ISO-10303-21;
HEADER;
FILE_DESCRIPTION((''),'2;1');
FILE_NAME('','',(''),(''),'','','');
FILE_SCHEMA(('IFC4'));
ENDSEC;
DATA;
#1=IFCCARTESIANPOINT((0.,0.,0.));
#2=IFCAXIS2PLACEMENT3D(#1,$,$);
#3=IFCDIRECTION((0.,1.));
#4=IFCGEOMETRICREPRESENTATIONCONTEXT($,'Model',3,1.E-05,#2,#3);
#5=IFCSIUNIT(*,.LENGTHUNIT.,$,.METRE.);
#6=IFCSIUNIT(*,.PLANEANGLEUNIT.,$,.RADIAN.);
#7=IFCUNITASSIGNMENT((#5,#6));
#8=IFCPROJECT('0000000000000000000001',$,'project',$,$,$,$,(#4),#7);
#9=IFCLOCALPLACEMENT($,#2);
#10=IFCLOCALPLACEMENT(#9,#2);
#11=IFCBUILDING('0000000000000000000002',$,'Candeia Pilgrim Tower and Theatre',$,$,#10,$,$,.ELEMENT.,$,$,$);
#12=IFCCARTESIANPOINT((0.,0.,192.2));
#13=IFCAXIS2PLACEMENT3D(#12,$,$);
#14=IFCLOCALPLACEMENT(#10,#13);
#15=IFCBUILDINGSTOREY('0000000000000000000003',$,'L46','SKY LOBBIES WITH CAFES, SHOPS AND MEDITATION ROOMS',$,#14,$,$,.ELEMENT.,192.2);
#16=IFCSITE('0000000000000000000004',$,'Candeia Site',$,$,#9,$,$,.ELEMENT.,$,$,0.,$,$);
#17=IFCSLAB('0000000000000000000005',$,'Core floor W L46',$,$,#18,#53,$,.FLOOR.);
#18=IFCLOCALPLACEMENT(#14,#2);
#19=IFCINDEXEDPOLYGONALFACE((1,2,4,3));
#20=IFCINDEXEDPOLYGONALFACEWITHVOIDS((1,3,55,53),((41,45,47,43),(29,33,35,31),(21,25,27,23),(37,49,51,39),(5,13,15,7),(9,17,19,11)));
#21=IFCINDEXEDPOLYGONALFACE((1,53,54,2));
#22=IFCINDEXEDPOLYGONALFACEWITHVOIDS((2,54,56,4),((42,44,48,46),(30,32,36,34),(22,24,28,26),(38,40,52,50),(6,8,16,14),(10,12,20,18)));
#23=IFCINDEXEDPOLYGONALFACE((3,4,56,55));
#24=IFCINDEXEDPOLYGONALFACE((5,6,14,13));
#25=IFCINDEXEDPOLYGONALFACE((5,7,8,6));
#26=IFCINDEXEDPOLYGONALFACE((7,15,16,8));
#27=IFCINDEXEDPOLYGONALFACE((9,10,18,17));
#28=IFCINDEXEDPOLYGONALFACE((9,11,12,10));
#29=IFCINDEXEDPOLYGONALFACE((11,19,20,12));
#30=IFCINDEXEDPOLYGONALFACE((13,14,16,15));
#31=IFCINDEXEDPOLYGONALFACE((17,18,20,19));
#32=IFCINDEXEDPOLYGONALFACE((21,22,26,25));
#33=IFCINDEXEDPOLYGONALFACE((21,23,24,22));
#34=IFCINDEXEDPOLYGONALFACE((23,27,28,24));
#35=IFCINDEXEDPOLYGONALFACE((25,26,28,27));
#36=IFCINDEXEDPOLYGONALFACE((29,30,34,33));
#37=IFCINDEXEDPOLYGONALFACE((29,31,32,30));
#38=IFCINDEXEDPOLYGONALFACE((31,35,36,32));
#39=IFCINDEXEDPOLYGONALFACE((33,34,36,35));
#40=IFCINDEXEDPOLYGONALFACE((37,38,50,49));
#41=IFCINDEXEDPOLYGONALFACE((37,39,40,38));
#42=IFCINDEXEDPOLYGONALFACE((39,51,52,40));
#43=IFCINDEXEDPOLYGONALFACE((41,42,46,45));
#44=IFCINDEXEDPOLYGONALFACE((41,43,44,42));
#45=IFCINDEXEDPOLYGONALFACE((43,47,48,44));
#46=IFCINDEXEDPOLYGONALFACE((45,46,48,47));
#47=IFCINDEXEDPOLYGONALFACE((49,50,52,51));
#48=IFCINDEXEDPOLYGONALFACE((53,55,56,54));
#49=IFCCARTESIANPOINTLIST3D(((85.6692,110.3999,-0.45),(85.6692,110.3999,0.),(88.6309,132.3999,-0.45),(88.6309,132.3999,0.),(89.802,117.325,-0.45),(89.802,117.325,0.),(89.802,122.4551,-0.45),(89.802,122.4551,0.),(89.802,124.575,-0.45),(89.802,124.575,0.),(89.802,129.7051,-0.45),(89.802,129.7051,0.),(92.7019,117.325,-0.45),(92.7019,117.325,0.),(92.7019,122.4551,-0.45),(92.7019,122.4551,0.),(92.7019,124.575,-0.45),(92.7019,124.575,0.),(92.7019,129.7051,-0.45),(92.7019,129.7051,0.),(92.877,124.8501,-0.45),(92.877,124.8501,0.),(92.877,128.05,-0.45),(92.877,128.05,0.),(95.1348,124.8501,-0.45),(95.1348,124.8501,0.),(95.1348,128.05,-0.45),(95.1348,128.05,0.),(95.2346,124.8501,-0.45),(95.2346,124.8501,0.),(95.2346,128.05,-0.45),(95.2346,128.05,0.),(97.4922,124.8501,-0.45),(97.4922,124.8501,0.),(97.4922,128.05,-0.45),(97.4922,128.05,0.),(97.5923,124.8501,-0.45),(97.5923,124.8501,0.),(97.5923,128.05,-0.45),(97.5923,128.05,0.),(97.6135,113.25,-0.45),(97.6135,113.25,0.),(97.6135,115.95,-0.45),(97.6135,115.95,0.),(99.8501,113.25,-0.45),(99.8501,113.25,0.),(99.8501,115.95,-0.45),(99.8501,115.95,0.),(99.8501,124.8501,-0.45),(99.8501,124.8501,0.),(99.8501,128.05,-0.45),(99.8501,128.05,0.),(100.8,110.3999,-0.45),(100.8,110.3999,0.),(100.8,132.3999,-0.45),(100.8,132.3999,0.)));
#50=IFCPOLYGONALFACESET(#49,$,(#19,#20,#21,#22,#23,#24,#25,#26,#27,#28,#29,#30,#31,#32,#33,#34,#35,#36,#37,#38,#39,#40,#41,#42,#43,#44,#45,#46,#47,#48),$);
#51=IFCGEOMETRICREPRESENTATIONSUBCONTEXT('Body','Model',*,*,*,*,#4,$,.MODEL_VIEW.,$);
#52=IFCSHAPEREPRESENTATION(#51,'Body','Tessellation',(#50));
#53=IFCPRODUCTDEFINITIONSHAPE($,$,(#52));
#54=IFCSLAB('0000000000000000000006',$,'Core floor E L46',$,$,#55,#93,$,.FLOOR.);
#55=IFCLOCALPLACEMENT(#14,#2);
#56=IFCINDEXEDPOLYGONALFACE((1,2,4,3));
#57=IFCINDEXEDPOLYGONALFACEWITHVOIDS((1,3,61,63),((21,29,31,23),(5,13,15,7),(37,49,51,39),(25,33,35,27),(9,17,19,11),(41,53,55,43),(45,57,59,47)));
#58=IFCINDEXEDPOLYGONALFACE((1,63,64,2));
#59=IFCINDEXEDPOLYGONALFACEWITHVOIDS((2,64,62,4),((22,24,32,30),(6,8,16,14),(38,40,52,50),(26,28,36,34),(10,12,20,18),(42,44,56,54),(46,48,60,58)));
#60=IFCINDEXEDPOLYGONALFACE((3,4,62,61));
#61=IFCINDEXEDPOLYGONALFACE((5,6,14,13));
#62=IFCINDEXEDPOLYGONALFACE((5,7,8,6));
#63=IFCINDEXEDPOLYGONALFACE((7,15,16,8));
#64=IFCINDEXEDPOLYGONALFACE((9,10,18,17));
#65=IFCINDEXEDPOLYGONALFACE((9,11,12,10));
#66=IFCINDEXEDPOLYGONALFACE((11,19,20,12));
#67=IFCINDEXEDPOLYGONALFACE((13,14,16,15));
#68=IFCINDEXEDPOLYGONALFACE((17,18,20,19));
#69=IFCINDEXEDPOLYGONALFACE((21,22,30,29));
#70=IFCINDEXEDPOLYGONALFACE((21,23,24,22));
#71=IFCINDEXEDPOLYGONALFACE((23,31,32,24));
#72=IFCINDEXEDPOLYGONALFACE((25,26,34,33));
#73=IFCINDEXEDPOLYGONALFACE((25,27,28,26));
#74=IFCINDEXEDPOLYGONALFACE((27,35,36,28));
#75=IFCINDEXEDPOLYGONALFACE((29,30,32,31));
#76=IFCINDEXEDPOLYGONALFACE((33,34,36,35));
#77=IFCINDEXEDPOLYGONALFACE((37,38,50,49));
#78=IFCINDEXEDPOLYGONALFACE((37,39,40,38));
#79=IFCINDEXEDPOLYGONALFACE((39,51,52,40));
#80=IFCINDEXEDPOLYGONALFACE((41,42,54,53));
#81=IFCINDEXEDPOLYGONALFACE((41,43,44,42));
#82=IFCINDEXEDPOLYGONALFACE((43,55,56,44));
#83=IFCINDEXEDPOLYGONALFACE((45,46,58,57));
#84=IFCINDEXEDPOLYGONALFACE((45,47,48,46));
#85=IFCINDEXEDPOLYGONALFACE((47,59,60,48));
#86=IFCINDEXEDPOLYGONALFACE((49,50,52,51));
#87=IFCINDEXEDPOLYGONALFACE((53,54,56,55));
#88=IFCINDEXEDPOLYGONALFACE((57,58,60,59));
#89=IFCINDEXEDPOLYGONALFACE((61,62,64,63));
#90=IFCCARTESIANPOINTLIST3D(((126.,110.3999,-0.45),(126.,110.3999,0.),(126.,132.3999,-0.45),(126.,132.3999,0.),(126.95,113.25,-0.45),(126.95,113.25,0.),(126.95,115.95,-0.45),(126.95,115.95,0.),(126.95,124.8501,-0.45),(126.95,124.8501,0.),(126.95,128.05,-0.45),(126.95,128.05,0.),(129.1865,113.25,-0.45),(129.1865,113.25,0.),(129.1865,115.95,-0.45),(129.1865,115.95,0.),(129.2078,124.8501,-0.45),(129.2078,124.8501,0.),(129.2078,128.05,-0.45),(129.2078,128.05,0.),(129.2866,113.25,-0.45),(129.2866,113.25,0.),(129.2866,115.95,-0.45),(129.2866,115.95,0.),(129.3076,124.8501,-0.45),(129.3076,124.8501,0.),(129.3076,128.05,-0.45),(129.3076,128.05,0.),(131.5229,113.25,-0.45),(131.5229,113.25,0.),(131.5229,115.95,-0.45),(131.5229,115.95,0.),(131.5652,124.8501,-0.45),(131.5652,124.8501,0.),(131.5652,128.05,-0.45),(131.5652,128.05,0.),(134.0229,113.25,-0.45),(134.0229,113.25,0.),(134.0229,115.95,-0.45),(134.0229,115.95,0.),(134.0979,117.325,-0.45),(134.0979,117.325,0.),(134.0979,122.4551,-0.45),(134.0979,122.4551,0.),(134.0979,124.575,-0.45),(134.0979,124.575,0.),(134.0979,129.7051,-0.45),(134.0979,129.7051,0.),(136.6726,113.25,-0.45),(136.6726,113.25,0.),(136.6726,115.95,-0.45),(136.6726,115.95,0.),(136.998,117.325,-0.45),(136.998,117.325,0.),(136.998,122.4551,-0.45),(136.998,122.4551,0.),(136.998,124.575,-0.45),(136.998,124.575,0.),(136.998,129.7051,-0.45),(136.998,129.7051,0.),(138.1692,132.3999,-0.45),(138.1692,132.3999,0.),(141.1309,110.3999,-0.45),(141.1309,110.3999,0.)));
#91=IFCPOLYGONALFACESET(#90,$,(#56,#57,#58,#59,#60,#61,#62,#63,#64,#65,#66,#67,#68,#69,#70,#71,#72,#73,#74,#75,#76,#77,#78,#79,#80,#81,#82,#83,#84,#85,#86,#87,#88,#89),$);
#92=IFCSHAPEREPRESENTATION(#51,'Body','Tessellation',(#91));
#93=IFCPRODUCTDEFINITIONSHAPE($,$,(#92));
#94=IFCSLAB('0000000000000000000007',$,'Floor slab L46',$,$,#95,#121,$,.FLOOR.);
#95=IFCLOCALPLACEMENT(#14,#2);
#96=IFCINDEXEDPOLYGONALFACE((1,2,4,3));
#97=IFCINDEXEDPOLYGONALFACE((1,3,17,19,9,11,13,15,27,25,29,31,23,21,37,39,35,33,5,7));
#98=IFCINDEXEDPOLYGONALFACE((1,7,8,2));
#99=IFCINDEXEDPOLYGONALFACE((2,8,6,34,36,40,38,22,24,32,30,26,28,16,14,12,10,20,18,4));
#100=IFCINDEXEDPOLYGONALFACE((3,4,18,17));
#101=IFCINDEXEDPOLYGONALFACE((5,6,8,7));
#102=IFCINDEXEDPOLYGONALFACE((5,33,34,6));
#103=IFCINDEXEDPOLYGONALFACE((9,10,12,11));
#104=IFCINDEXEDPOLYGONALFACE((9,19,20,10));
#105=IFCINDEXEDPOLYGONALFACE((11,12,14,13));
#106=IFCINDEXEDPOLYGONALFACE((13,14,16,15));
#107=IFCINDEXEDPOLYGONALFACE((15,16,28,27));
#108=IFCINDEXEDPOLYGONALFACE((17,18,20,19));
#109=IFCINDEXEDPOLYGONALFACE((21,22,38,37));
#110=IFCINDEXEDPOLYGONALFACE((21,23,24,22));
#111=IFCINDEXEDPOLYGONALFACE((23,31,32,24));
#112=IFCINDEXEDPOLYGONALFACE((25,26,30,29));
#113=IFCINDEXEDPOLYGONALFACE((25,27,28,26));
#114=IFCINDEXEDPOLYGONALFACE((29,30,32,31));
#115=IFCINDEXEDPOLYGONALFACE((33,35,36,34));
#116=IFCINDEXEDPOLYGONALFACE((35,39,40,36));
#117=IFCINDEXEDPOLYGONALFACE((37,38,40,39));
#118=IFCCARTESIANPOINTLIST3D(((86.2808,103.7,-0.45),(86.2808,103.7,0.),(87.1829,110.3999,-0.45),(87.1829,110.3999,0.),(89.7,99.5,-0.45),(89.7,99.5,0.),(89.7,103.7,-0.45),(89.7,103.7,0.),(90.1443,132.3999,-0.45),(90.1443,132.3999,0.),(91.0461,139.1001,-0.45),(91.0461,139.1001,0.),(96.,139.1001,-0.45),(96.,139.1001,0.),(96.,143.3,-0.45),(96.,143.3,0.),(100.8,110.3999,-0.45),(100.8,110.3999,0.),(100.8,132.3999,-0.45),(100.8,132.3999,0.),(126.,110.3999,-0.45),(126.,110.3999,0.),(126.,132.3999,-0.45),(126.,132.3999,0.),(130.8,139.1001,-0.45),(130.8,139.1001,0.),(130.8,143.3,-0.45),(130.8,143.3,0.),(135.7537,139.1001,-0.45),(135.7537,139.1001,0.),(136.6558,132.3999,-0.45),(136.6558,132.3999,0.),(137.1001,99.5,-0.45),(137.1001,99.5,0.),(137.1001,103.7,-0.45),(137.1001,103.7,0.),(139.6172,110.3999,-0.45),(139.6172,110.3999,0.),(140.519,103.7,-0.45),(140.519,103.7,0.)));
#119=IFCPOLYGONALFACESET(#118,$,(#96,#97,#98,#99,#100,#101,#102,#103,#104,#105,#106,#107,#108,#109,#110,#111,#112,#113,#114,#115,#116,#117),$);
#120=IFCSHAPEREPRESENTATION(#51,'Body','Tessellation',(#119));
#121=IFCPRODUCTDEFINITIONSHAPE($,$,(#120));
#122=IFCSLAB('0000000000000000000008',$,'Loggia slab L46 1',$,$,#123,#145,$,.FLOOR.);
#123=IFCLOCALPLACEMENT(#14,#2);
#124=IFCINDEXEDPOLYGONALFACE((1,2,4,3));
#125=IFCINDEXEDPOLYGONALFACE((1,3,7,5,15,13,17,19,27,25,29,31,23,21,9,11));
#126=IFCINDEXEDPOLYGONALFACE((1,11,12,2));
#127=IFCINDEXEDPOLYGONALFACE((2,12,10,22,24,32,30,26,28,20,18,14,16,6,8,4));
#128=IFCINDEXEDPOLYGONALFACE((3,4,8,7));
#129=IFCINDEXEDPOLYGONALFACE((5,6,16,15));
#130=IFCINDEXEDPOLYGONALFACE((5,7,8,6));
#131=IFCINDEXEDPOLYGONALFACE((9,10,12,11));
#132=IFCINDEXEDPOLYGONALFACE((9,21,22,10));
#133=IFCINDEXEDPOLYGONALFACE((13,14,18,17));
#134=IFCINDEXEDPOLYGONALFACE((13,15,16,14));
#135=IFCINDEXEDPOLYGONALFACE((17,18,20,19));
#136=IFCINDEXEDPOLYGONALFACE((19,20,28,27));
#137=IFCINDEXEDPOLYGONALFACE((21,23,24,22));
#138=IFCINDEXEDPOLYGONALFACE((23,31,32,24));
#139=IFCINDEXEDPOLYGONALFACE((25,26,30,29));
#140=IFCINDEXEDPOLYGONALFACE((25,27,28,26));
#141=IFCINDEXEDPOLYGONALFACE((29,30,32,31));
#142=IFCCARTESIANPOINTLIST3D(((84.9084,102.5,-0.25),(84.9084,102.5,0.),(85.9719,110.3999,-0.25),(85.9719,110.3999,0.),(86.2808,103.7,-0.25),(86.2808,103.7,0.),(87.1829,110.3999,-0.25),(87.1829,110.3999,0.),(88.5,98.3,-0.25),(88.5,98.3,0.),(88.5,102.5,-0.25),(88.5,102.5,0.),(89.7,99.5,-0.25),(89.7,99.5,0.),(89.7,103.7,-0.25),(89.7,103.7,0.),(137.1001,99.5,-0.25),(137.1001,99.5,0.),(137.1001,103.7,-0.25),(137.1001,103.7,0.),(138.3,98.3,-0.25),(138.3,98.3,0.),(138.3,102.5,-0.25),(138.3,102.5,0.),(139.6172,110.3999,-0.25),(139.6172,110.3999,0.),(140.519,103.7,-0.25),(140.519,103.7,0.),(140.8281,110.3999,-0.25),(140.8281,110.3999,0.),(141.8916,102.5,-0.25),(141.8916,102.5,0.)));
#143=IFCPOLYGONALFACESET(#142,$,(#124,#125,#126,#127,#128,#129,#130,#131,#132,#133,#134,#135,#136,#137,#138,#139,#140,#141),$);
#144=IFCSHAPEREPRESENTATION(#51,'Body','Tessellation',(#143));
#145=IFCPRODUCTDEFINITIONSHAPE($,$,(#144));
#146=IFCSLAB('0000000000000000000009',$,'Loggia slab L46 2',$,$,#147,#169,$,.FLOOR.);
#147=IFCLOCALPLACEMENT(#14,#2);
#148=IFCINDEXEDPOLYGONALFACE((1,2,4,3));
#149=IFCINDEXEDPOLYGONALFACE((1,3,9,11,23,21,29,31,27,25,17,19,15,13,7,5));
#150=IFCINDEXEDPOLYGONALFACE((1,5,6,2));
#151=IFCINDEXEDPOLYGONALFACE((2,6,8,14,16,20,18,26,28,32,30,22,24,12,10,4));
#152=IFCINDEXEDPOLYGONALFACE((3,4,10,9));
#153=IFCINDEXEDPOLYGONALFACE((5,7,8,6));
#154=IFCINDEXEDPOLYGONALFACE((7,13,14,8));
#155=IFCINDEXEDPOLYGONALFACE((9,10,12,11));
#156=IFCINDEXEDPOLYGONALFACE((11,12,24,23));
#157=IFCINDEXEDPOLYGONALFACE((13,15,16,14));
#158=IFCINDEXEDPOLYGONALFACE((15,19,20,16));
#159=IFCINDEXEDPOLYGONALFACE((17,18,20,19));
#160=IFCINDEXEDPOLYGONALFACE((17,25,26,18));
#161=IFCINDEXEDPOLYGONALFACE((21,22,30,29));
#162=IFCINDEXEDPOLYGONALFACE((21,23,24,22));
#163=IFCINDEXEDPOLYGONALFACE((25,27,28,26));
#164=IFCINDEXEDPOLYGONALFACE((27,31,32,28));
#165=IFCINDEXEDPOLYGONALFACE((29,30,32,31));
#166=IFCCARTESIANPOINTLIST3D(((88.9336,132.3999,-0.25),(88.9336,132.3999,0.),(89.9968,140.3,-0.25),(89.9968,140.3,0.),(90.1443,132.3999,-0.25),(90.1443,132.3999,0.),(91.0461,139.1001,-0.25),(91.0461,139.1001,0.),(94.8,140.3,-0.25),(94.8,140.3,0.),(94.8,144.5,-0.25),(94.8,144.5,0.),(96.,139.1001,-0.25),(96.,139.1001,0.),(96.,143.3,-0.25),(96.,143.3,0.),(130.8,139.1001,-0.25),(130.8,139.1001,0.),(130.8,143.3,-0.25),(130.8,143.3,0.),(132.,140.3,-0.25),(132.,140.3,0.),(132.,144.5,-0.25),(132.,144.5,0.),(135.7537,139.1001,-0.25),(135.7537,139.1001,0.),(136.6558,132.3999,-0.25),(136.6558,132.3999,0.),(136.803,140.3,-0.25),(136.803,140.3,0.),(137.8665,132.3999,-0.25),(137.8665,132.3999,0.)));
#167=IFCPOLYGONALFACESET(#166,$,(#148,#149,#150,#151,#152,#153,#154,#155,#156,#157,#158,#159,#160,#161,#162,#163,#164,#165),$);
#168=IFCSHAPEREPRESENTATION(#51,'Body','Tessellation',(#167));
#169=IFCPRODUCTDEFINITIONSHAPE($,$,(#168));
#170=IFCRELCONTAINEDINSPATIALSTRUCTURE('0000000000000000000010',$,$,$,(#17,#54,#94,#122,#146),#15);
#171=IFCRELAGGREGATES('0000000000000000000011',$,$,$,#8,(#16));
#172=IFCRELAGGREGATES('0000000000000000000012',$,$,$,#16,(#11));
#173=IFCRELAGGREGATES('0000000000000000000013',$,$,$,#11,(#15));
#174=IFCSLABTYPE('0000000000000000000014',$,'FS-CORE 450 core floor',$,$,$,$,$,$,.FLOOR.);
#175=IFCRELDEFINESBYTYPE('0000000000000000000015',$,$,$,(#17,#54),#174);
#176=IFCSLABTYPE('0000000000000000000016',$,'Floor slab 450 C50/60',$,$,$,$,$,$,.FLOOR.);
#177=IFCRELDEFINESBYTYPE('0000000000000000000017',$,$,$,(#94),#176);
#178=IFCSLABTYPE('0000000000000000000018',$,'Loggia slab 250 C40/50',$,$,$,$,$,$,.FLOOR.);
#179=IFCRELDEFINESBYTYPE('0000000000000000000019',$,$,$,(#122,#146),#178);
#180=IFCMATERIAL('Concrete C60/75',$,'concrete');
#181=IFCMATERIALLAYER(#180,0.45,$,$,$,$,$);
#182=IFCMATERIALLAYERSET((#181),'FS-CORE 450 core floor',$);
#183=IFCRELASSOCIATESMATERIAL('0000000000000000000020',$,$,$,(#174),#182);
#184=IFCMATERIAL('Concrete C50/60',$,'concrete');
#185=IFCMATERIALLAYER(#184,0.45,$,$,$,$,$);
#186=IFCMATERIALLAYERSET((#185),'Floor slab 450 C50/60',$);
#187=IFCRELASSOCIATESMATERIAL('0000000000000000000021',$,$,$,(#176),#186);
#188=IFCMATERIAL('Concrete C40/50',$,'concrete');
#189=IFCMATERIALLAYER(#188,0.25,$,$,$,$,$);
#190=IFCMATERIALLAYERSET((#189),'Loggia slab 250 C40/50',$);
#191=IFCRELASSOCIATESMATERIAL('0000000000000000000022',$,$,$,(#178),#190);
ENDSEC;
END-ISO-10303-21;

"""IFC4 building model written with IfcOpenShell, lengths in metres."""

from ifc_helpers import new_model, si_unit, direction, frame, origin, place, context, subcontext, project, spatial, polyline, outline, extrude, material, layer, layer_set, type_object, element, save


model = new_model("IFC4")

# Units and contexts
model_context = context("Model", 3, precision=1e-05, world=origin(), true_north=direction((0.0, 1.0)))
body_context = subcontext(model_context, "Body", "Model", "MODEL_VIEW")
ifc_project = project(units=[si_unit("LENGTHUNIT", "METRE"), si_unit("PLANEANGLEUNIT", "RADIAN")], contexts=[model_context])

# Site, building, storey
site_placement = place(None, origin())
site = spatial("IfcSite", under=ifc_project, at=site_placement, Name="Candeia Site", CompositionType="ELEMENT", RefElevation=0.0)
building_placement = place(site_placement, origin())
building = spatial("IfcBuilding", under=site, at=building_placement, Name="Candeia Pilgrim Tower and Theatre", CompositionType="ELEMENT")
storey_placement = place(building_placement, frame((0.0, 0.0, 192.2)))
storey = spatial("IfcBuildingStorey", under=building, at=storey_placement, Name="L46", Description="SKY LOBBIES WITH CAFES, SHOPS AND MEDITATION ROOMS", CompositionType="ELEMENT", Elevation=192.2)

# Shared definitions
ifc_material_1 = material(Name="Concrete C60/75", Category="concrete")

# Slabs
ifc_layer_1 = layer(ifc_material_1, 0.45)
ifc_layer_set_1 = layer_set([ifc_layer_1], Name="FS-CORE 450 core floor")
slab_type_1 = type_object("IfcSlabType", Name="FS-CORE 450 core floor", PredefinedType="FLOOR", material=ifc_layer_set_1)
slab_1_placement = place(storey_placement, frame((0.0, 0.0, -0.45)))
element("IfcSlab", 1, at=slab_1_placement, inside=storey, type_object=slab_type_1, Name="Core floor W L46", PredefinedType="FLOOR", context=body_context, shape_type="SweptSolid", body=[
    extrude(outline(polyline([(100.8, 132.3999), (100.8, 110.3999), (85.6692, 110.3999), (88.6309, 132.3999), (100.8, 132.3999)]), holes=[polyline([(97.5923, 128.05), (97.5923, 124.8501), (99.8501, 124.8501), (99.8501, 128.05), (97.5923, 128.05)]), polyline([(97.6135, 113.25), (99.8501, 113.25), (99.8501, 115.95), (97.6135, 115.95), (97.6135, 113.25)]), polyline([(95.2346, 124.8501), (97.4922, 124.8501), (97.4922, 128.05), (95.2346, 128.05), (95.2346, 124.8501)]), polyline([(92.877, 128.05), (92.877, 124.8501), (95.1348, 124.8501), (95.1348, 128.05), (92.877, 128.05)]), polyline([(89.802, 122.4551), (89.802, 117.325), (92.7019, 117.325), (92.7019, 122.4551), (89.802, 122.4551)]), polyline([(89.802, 129.7051), (89.802, 124.575), (92.7019, 124.575), (92.7019, 129.7051), (89.802, 129.7051)])]), origin(), (0.0, 0.0, 1.0), 0.45),
])
slab_2_placement = place(storey_placement, frame((0.0, 0.0, -0.45)))
element("IfcSlab", 2, at=slab_2_placement, inside=storey, type_object=slab_type_1, Name="Core floor E L46", PredefinedType="FLOOR", context=body_context, shape_type="SweptSolid", body=[
    extrude(outline(polyline([(138.1692, 132.3999), (141.1309, 110.3999), (126.0, 110.3999), (126.0, 132.3999), (138.1692, 132.3999)]), holes=[polyline([(134.0979, 122.4551), (134.0979, 117.325), (136.998, 117.325), (136.998, 122.4551), (134.0979, 122.4551)]), polyline([(134.0979, 129.7051), (134.0979, 124.575), (136.998, 124.575), (136.998, 129.7051), (134.0979, 129.7051)]), polyline([(136.6726, 115.95), (134.0229, 115.95), (134.0229, 113.25), (136.6726, 113.25), (136.6726, 115.95)]), polyline([(131.5652, 128.05), (129.3076, 128.05), (129.3076, 124.8501), (131.5652, 124.8501), (131.5652, 128.05)]), polyline([(131.5229, 115.95), (129.2866, 115.95), (129.2866, 113.25), (131.5229, 113.25), (131.5229, 115.95)]), polyline([(129.2078, 128.05), (126.95, 128.05), (126.95, 124.8501), (129.2078, 124.8501), (129.2078, 128.05)]), polyline([(126.95, 115.95), (126.95, 113.25), (129.1865, 113.25), (129.1865, 115.95), (126.95, 115.95)])]), origin(), (0.0, 0.0, 1.0), 0.45),
])
ifc_material_2 = material(Name="Concrete C50/60", Category="concrete")
ifc_layer_2 = layer(ifc_material_2, 0.45)
ifc_layer_set_2 = layer_set([ifc_layer_2], Name="Floor slab 450 C50/60")
slab_type_2 = type_object("IfcSlabType", Name="Floor slab 450 C50/60", PredefinedType="FLOOR", material=ifc_layer_set_2)
slab_3_placement = place(storey_placement, frame((0.0, 0.0, -0.45)))
element("IfcSlab", 3, at=slab_3_placement, inside=storey, type_object=slab_type_2, Name="Floor slab L46", PredefinedType="FLOOR", context=body_context, shape_type="SweptSolid", body=[
    extrude(outline(polyline([(96.0, 139.1001), (96.0, 143.3), (130.8, 143.3), (130.8, 139.1001), (135.7537, 139.1001), (136.6558, 132.3999), (126.0, 132.3999), (126.0, 110.3999), (139.6172, 110.3999), (140.519, 103.7), (137.1001, 103.7), (137.1001, 99.5), (89.7, 99.5), (89.7, 103.7), (86.2808, 103.7), (87.1829, 110.3999), (100.8, 110.3999), (100.8, 132.3999), (90.1443, 132.3999), (91.0461, 139.1001), (96.0, 139.1001)])), origin(), (0.0, 0.0, 1.0), 0.45),
])
ifc_material_3 = material(Name="Concrete C40/50", Category="concrete")
ifc_layer_3 = layer(ifc_material_3, 0.25)
ifc_layer_set_3 = layer_set([ifc_layer_3], Name="Loggia slab 250 C40/50")
slab_type_3 = type_object("IfcSlabType", Name="Loggia slab 250 C40/50", PredefinedType="FLOOR", material=ifc_layer_set_3)
slab_4_placement = place(storey_placement, frame((0.0, 0.0, -0.25)))
element("IfcSlab", 4, at=slab_4_placement, inside=storey, type_object=slab_type_3, Name="Loggia slab L46 1", PredefinedType="FLOOR", context=body_context, shape_type="SweptSolid", body=[
    extrude(outline(polyline([(87.1829, 110.3999), (86.2808, 103.7), (89.7, 103.7), (89.7, 99.5), (137.1001, 99.5), (137.1001, 103.7), (140.519, 103.7), (139.6172, 110.3999), (140.8281, 110.3999), (141.8916, 102.5), (138.3, 102.5), (138.3, 98.3), (88.5, 98.3), (88.5, 102.5), (84.9084, 102.5), (85.9719, 110.3999), (87.1829, 110.3999)])), origin(), (0.0, 0.0, 1.0), 0.25),
])
slab_5_placement = place(storey_placement, frame((0.0, 0.0, -0.25)))
element("IfcSlab", 5, at=slab_5_placement, inside=storey, type_object=slab_type_3, Name="Loggia slab L46 2", PredefinedType="FLOOR", context=body_context, shape_type="SweptSolid", body=[
    extrude(outline(polyline([(136.6558, 132.3999), (135.7537, 139.1001), (130.8, 139.1001), (130.8, 143.3), (96.0, 143.3), (96.0, 139.1001), (91.0461, 139.1001), (90.1443, 132.3999), (88.9336, 132.3999), (89.9968, 140.3), (94.8, 140.3), (94.8, 144.5), (132.0, 144.5), (132.0, 140.3), (136.803, 140.3), (137.8665, 132.3999), (136.6558, 132.3999)])), origin(), (0.0, 0.0, 1.0), 0.25),
])

save(model, "model.ifc")
